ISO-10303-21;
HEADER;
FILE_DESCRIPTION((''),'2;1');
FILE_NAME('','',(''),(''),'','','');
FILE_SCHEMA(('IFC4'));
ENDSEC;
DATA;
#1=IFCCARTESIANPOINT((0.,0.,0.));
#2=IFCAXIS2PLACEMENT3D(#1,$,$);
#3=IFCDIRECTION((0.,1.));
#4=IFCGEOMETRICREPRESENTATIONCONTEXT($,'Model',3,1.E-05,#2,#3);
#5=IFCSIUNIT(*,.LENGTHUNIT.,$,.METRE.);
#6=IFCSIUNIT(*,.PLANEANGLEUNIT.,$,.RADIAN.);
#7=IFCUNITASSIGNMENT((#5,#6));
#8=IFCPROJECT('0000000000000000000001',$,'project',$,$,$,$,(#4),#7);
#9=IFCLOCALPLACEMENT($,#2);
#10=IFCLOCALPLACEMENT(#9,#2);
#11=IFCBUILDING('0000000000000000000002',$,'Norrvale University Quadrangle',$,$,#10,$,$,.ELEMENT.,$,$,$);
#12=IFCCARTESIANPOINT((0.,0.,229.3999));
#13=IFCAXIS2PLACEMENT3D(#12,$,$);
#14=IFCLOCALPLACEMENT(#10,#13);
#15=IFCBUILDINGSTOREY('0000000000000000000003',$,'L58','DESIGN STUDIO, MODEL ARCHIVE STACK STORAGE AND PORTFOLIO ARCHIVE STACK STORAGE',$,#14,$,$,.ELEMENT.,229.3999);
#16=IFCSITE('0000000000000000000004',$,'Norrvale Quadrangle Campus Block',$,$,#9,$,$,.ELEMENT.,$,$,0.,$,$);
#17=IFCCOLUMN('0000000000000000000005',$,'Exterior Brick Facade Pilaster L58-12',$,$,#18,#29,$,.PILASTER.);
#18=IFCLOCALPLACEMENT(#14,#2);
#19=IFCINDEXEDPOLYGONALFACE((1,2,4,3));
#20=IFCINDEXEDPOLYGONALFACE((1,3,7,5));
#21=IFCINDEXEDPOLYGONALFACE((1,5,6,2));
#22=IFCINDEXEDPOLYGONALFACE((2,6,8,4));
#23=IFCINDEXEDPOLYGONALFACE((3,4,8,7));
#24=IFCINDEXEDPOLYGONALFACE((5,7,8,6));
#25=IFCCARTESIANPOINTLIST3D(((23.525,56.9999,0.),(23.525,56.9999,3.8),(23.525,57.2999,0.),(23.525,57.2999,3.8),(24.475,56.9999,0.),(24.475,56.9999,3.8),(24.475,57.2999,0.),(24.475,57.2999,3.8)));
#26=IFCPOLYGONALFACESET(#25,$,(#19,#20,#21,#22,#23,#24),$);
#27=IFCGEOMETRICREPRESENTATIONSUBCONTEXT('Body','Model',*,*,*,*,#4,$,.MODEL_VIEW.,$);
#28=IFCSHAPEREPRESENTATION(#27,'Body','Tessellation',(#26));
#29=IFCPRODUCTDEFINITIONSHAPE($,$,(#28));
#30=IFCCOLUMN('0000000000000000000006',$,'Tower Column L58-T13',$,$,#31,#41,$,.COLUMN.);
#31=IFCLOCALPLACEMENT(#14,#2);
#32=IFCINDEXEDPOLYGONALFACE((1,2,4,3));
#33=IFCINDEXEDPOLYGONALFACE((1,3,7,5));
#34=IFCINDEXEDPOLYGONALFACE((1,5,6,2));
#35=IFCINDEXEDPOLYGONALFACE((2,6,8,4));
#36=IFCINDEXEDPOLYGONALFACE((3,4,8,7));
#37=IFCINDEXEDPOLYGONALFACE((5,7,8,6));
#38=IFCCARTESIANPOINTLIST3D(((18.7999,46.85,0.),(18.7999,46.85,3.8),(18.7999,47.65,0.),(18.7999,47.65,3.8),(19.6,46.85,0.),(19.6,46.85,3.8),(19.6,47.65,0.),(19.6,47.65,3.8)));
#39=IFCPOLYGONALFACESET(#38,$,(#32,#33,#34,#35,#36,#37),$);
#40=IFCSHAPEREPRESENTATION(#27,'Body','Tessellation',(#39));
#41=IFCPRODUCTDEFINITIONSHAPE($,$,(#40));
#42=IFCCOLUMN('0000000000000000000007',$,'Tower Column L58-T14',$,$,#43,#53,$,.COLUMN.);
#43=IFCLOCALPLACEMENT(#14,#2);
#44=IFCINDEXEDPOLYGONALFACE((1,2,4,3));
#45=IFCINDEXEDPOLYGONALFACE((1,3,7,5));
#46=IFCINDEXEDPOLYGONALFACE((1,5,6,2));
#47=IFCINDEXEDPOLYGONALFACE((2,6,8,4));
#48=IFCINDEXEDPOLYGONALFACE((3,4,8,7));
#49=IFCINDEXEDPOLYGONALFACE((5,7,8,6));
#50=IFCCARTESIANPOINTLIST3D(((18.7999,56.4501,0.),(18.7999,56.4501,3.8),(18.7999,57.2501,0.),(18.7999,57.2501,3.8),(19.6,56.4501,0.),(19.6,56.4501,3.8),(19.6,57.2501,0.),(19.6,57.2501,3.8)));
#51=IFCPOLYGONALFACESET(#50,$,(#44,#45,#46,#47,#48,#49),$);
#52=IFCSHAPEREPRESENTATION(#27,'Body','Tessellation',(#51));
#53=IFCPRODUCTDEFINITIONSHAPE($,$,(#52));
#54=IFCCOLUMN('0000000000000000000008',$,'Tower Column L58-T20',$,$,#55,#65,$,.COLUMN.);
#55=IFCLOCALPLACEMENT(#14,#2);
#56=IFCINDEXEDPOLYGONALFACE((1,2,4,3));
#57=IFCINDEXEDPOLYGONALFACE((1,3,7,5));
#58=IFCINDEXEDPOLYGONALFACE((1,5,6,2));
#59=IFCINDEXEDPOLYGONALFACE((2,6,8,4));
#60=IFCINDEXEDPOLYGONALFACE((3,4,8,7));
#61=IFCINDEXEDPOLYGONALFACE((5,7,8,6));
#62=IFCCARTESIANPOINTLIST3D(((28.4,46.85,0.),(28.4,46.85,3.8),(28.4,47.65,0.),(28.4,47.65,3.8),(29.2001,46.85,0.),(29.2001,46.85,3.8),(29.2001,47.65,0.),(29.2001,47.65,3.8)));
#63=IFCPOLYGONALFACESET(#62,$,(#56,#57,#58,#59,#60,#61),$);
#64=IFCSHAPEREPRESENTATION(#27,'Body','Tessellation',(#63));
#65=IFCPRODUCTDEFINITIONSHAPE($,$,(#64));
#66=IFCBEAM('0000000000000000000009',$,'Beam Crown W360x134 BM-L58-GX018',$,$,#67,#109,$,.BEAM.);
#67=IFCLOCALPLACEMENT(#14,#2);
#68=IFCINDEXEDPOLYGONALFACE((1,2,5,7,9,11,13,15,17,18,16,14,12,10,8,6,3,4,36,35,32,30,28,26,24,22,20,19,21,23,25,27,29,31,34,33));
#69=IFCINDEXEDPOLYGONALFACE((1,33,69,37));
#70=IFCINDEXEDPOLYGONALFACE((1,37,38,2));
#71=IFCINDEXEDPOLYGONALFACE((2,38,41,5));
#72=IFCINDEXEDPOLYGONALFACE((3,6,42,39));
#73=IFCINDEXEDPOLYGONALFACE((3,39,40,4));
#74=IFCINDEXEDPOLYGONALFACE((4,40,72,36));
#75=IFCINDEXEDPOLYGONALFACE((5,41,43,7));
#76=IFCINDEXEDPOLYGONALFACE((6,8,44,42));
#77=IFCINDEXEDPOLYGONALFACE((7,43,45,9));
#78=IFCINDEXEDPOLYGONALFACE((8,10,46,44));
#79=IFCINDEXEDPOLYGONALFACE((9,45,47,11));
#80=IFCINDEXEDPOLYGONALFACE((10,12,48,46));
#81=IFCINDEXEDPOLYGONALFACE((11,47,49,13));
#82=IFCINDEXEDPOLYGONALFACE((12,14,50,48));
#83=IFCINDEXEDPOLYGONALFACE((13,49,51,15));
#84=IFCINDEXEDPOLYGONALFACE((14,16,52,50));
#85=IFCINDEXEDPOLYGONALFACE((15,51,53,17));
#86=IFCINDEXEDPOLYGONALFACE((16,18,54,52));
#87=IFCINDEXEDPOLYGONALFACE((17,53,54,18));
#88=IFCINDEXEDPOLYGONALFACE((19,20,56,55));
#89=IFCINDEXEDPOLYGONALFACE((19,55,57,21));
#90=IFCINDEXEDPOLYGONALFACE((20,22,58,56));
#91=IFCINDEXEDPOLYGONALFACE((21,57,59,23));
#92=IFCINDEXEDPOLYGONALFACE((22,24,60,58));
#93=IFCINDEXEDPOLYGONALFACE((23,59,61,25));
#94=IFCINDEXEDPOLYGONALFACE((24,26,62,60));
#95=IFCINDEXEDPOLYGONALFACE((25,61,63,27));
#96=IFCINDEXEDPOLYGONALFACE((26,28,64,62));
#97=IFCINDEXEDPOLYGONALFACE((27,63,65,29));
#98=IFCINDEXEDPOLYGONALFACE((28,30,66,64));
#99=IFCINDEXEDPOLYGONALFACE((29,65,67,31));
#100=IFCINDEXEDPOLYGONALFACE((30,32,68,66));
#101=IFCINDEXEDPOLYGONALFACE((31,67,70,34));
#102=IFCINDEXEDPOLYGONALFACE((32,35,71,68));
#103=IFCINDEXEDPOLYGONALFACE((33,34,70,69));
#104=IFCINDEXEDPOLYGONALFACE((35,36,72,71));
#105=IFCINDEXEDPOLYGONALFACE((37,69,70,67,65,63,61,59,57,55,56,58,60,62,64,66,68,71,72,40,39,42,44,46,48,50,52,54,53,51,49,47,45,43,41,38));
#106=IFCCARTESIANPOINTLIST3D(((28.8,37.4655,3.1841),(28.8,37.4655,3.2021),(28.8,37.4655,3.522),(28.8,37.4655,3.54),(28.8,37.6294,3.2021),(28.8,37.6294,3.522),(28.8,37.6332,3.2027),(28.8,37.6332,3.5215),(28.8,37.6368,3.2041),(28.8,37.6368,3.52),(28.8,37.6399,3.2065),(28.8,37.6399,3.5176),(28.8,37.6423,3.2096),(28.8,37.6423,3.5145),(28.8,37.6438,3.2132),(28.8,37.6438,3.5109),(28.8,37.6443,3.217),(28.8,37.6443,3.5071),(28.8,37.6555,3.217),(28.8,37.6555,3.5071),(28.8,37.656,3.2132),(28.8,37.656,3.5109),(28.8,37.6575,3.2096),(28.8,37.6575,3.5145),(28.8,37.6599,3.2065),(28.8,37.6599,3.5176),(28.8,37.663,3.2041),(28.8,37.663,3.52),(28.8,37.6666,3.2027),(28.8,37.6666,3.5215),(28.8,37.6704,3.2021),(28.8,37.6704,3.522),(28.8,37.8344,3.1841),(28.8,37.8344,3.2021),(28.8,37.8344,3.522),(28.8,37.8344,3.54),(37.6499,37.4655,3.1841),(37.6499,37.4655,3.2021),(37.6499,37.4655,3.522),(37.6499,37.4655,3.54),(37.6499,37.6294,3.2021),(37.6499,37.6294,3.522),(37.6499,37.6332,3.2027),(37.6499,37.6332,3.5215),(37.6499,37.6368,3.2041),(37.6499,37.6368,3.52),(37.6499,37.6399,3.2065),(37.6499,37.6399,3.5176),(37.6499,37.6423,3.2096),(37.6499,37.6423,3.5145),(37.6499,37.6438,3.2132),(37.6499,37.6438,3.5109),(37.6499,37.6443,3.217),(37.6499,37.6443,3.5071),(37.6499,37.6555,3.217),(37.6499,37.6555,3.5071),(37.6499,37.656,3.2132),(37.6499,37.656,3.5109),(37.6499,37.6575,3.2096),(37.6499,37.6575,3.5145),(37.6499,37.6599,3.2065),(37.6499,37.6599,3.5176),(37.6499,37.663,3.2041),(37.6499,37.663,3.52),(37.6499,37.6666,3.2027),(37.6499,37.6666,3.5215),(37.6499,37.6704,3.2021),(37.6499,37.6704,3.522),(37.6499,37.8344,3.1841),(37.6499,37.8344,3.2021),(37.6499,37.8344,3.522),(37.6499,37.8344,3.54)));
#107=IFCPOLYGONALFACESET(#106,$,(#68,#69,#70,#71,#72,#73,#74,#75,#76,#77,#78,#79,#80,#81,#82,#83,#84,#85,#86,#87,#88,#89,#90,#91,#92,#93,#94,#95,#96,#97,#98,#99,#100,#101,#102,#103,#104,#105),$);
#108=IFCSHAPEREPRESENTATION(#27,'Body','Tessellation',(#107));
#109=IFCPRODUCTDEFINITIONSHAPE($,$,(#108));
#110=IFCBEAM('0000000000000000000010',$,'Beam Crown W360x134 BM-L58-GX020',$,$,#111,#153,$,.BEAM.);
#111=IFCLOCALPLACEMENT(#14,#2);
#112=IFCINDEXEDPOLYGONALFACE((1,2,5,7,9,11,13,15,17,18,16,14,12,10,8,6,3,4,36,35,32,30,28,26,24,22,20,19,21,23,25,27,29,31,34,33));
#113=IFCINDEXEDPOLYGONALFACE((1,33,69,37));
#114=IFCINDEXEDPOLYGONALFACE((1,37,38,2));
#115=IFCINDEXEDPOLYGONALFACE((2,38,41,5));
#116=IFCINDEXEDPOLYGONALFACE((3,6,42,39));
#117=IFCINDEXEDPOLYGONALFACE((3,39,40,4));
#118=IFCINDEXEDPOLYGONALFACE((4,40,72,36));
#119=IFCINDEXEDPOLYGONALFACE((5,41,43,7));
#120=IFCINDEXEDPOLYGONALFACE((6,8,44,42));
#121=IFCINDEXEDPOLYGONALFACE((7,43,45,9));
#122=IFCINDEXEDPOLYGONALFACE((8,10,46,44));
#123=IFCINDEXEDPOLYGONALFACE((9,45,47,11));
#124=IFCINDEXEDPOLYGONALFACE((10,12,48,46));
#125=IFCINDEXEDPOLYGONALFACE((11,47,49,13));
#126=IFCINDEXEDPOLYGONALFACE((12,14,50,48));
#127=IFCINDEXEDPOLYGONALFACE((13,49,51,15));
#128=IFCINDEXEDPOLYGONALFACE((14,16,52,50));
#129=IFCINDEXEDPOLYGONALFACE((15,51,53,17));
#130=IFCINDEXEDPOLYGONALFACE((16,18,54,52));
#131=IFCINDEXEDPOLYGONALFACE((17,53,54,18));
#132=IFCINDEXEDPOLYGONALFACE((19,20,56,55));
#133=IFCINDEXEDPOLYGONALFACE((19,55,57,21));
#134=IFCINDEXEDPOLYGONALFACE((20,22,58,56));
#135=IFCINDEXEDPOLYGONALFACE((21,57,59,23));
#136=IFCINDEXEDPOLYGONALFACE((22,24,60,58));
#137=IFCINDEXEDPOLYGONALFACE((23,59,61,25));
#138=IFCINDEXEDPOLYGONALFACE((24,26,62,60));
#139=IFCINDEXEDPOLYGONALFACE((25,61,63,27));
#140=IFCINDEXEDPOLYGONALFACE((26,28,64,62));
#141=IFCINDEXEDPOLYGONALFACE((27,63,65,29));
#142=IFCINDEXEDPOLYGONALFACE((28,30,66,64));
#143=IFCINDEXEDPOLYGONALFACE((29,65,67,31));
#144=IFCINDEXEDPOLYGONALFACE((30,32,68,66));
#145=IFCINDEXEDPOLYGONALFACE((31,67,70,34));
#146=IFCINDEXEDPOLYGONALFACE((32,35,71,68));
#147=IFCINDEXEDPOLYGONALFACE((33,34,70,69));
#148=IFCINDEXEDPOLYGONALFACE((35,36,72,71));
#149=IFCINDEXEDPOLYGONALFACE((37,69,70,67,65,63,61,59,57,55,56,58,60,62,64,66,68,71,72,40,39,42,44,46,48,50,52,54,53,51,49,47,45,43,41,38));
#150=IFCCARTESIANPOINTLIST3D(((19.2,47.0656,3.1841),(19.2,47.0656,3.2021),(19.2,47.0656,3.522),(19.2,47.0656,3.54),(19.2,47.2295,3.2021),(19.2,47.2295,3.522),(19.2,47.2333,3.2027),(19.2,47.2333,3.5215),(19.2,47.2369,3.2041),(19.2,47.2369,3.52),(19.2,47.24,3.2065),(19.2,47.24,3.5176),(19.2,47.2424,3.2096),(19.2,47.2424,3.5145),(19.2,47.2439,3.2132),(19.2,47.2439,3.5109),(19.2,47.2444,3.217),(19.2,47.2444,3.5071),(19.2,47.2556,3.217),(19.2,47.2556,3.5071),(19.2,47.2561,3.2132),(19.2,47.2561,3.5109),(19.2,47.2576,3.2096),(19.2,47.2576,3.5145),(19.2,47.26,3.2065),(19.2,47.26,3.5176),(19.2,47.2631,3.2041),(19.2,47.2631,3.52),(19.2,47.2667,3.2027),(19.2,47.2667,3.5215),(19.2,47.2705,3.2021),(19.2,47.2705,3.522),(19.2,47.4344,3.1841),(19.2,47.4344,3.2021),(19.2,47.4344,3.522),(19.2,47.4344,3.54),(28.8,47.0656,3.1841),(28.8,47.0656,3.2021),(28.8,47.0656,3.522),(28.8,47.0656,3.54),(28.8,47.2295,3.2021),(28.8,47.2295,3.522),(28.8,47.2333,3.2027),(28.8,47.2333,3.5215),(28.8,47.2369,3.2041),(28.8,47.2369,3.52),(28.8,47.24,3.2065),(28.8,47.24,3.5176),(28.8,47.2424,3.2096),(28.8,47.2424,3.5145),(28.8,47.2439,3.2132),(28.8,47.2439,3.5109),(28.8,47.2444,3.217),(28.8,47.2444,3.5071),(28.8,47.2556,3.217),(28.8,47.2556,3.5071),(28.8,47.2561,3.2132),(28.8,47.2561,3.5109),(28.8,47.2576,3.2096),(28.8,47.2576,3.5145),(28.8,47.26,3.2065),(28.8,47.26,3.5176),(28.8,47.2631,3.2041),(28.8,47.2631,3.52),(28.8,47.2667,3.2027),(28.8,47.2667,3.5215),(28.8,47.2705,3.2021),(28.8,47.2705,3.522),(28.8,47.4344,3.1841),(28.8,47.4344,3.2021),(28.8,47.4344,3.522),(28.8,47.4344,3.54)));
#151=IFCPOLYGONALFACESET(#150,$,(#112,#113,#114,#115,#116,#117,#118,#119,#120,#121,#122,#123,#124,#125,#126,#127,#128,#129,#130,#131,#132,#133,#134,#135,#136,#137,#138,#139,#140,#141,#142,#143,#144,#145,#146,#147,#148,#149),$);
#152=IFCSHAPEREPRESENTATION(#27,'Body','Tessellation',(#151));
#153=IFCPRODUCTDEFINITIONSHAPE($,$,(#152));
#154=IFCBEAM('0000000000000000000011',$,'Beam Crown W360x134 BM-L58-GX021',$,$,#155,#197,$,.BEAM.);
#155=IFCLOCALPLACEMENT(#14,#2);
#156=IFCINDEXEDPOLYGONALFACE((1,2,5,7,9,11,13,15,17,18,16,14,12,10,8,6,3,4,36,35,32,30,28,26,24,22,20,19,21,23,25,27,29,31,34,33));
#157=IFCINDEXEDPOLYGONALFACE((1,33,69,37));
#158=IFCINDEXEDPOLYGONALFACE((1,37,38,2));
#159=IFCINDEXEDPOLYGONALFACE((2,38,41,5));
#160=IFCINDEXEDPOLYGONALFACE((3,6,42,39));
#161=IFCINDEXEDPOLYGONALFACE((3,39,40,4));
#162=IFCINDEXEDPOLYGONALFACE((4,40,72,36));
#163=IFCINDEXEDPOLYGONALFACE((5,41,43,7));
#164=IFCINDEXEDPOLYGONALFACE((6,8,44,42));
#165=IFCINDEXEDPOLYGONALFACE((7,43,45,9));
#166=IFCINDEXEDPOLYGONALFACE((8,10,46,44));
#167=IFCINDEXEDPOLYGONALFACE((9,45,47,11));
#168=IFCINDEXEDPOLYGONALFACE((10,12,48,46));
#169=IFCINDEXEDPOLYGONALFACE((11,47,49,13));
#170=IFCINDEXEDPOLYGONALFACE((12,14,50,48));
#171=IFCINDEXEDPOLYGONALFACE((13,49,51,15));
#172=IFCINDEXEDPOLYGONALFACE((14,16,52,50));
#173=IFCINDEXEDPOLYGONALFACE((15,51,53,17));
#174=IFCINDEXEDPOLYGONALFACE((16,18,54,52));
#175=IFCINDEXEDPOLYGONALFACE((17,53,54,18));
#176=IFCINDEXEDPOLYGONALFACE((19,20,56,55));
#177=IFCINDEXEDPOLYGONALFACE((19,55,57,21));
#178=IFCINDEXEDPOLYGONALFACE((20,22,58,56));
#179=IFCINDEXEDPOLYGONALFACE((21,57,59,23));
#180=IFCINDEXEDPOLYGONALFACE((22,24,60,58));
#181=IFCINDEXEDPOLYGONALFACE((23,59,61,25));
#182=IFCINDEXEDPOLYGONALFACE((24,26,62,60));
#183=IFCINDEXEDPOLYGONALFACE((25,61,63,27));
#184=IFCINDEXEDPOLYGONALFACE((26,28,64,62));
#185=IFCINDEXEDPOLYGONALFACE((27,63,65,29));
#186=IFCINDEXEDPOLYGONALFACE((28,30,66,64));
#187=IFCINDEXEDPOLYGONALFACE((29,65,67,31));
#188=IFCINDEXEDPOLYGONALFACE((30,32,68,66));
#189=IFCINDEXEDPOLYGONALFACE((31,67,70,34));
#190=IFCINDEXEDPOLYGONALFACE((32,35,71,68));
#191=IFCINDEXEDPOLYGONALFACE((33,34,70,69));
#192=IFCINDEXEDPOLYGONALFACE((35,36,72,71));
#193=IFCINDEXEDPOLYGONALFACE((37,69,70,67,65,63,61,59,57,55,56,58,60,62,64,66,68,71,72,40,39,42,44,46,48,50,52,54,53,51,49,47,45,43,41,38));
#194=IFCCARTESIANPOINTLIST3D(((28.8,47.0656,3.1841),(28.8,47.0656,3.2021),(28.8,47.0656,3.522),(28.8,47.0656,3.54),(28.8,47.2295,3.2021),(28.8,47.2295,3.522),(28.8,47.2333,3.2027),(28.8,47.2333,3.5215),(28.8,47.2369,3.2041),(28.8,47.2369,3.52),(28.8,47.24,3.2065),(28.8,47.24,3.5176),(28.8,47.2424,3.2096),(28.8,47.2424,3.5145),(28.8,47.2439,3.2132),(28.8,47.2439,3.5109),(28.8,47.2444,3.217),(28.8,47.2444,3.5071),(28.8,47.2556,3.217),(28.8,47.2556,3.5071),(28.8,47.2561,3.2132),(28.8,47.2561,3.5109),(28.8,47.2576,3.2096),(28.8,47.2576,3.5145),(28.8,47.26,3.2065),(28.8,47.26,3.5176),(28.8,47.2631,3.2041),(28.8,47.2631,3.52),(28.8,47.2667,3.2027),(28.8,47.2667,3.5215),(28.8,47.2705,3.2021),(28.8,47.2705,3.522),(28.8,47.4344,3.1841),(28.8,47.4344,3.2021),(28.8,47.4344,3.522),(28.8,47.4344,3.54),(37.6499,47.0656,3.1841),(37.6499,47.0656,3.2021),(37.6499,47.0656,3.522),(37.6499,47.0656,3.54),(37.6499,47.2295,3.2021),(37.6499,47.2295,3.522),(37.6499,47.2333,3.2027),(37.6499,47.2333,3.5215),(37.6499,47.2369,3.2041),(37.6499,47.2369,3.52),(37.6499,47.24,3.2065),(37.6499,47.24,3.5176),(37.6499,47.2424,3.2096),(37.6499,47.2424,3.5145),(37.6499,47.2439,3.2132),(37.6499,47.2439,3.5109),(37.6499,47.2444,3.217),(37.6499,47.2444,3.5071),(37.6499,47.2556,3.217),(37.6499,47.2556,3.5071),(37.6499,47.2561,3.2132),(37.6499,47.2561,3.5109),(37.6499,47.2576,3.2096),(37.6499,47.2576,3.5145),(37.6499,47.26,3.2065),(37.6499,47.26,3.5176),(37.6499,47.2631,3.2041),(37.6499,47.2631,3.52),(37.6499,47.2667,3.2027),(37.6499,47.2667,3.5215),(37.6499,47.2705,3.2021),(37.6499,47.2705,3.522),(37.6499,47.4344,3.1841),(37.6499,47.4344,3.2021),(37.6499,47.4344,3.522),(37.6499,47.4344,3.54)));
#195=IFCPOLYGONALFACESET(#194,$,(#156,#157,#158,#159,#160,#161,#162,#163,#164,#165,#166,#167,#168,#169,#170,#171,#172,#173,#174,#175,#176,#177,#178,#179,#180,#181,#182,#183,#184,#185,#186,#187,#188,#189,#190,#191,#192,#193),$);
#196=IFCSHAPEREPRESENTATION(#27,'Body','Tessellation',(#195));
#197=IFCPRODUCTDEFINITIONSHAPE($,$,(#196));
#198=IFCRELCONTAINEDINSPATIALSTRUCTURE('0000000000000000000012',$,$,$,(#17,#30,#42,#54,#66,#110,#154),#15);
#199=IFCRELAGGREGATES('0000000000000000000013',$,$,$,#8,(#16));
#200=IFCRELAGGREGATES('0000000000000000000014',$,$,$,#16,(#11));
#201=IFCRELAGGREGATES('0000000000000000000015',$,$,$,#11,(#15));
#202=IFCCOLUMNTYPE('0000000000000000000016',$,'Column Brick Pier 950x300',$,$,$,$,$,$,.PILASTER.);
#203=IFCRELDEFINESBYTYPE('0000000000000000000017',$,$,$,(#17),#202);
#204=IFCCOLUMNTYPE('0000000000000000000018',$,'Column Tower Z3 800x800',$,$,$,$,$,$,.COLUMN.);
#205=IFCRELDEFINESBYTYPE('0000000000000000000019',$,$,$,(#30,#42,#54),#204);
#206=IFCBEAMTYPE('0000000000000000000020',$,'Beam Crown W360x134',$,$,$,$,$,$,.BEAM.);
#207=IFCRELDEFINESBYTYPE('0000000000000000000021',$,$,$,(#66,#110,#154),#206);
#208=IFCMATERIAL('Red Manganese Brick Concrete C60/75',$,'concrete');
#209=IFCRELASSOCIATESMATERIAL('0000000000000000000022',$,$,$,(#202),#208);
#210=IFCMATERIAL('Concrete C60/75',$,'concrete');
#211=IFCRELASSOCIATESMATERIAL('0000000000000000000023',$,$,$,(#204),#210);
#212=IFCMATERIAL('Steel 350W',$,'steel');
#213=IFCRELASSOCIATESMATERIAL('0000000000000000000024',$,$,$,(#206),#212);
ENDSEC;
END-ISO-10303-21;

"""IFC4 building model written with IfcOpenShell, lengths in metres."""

from ifc_helpers import new_model, si_unit, direction, frame, origin, origin_2d, place, context, subcontext, project, spatial, rectangle, i_section, extrude, material, material_profile, profile_set, type_object, element, save


model = new_model("IFC4")

# Units and contexts
model_context = context("Model", 3, precision=1e-05, world=origin(), true_north=direction((0.0, 1.0)))
body_context = subcontext(model_context, "Body", "Model", "MODEL_VIEW")
ifc_project = project(units=[si_unit("LENGTHUNIT", "METRE"), si_unit("PLANEANGLEUNIT", "RADIAN")], contexts=[model_context])

# Site, building, storey
site_placement = place(None, origin())
site = spatial("IfcSite", under=ifc_project, at=site_placement, Name="Norrvale Quadrangle Campus Block", CompositionType="ELEMENT", RefElevation=0.0)
building_placement = place(site_placement, origin())
building = spatial("IfcBuilding", under=site, at=building_placement, Name="Norrvale University Quadrangle", CompositionType="ELEMENT")
storey_placement = place(building_placement, frame((0.0, 0.0, 229.3999)))
storey = spatial("IfcBuildingStorey", under=building, at=storey_placement, Name="L58", Description="DESIGN STUDIO, MODEL ARCHIVE STACK STORAGE AND PORTFOLIO ARCHIVE STACK STORAGE", CompositionType="ELEMENT", Elevation=229.3999)

# Columns
ifc_material_1 = material(Name="Red Manganese Brick Concrete C60/75", Category="concrete")
ifc_material_profile_1 = material_profile(ifc_material_1, rectangle(XDim=0.95, YDim=0.3, at=origin_2d()), Name="Red Manganese Brick Concrete C60/75")
ifc_profile_set_1 = profile_set([ifc_material_profile_1], Name="Red Manganese Brick Concrete C60/75")
column_type_1 = type_object("IfcColumnType", Name="Column Brick Pier 950x300", PredefinedType="PILASTER", material=ifc_profile_set_1)
column_placement = place(storey_placement, frame((24.0, 57.1499, 0.0), z_axis=(0.0, 0.0, 1.0), x_axis=(1.0, 0.0, 0.0)))
element("IfcColumn", 1, at=column_placement, inside=storey, type_object=column_type_1, Name="Exterior Brick Facade Pilaster L58-12", PredefinedType="PILASTER", context=body_context, shape_type="SweptSolid", body=[
    extrude(rectangle(XDim=0.95, YDim=0.3, at=origin_2d()), origin(), (0.0, 0.0, 1.0), 3.8),
])
ifc_material_2 = material(Name="Concrete C60/75", Category="concrete")
ifc_material_profile_2 = material_profile(ifc_material_2, rectangle(XDim=0.8, YDim=0.8, at=origin_2d()), Name="Concrete C60/75")
ifc_profile_set_2 = profile_set([ifc_material_profile_2], Name="Concrete C60/75")
column_type_2 = type_object("IfcColumnType", Name="Column Tower Z3 800x800", PredefinedType="COLUMN", material=ifc_profile_set_2)
for number, where, z_axis, x_axis, name in (
    (2, (19.2, 47.25, 0.0), (0.0, 0.0, 1.0), (1.0, 0.0, 0.0), "Tower Column L58-T13"),
    (3, (19.2, 56.8501, 0.0), (0.0, 0.0, 1.0), (1.0, 0.0, 0.0), "Tower Column L58-T14"),
    (4, (28.8, 47.25, 0.0), (0.0, 0.0, 1.0), (1.0, 0.0, 0.0), "Tower Column L58-T20"),
):
    element("IfcColumn", number, at=place(storey_placement, frame(where, z_axis=z_axis, x_axis=x_axis)), inside=storey, type_object=column_type_2, Name=name, PredefinedType="COLUMN", context=body_context, shape_type="SweptSolid", body=[
        extrude(rectangle(XDim=0.8, YDim=0.8, at=origin_2d()), origin(), (0.0, 0.0, 1.0), 3.8),
    ])

# Beams
ifc_material_3 = material(Name="Steel 350W", Category="steel")
ifc_material_profile_3 = material_profile(ifc_material_3, i_section(OverallWidth=0.3689, OverallDepth=0.356, WebThickness=0.0112, FlangeThickness=0.0181, FilletRadius=0.0149, at=origin_2d()), Name="Steel 350W")
ifc_profile_set_3 = profile_set([ifc_material_profile_3], Name="Steel 350W")
beam_type_1 = type_object("IfcBeamType", Name="Beam Crown W360x134", PredefinedType="BEAM", material=ifc_profile_set_3)
beam_1_placement = place(storey_placement, frame((28.8, 37.6499, 3.3621), z_axis=(1.0, 0.0, 0.0), x_axis=(0.0, 1.0, 0.0)))
element("IfcBeam", 5, at=beam_1_placement, inside=storey, type_object=beam_type_1, Name="Beam Crown W360x134 BM-L58-GX018", PredefinedType="BEAM", context=body_context, shape_type="SweptSolid", body=[
    extrude(i_section(OverallWidth=0.3689, OverallDepth=0.356, WebThickness=0.0112, FlangeThickness=0.0181, FilletRadius=0.0149, at=origin_2d()), origin(), (0.0, 0.0, 1.0), 8.8499),
])
beam_2_placement = place(storey_placement, frame((19.2, 47.25, 3.3621), z_axis=(1.0, 0.0, 0.0), x_axis=(0.0, 1.0, 0.0)))
element("IfcBeam", 6, at=beam_2_placement, inside=storey, type_object=beam_type_1, Name="Beam Crown W360x134 BM-L58-GX020", PredefinedType="BEAM", context=body_context, shape_type="SweptSolid", body=[
    extrude(i_section(OverallWidth=0.3689, OverallDepth=0.356, WebThickness=0.0112, FlangeThickness=0.0181, FilletRadius=0.0149, at=origin_2d()), origin(), (0.0, 0.0, 1.0), 9.6001),
])
beam_3_placement = place(storey_placement, frame((28.8, 47.25, 3.3621), z_axis=(1.0, 0.0, 0.0), x_axis=(0.0, 1.0, 0.0)))
element("IfcBeam", 7, at=beam_3_placement, inside=storey, type_object=beam_type_1, Name="Beam Crown W360x134 BM-L58-GX021", PredefinedType="BEAM", context=body_context, shape_type="SweptSolid", body=[
    extrude(i_section(OverallWidth=0.3689, OverallDepth=0.356, WebThickness=0.0112, FlangeThickness=0.0181, FilletRadius=0.0149, at=origin_2d()), origin(), (0.0, 0.0, 1.0), 8.8499),
])

save(model, "model.ifc")
